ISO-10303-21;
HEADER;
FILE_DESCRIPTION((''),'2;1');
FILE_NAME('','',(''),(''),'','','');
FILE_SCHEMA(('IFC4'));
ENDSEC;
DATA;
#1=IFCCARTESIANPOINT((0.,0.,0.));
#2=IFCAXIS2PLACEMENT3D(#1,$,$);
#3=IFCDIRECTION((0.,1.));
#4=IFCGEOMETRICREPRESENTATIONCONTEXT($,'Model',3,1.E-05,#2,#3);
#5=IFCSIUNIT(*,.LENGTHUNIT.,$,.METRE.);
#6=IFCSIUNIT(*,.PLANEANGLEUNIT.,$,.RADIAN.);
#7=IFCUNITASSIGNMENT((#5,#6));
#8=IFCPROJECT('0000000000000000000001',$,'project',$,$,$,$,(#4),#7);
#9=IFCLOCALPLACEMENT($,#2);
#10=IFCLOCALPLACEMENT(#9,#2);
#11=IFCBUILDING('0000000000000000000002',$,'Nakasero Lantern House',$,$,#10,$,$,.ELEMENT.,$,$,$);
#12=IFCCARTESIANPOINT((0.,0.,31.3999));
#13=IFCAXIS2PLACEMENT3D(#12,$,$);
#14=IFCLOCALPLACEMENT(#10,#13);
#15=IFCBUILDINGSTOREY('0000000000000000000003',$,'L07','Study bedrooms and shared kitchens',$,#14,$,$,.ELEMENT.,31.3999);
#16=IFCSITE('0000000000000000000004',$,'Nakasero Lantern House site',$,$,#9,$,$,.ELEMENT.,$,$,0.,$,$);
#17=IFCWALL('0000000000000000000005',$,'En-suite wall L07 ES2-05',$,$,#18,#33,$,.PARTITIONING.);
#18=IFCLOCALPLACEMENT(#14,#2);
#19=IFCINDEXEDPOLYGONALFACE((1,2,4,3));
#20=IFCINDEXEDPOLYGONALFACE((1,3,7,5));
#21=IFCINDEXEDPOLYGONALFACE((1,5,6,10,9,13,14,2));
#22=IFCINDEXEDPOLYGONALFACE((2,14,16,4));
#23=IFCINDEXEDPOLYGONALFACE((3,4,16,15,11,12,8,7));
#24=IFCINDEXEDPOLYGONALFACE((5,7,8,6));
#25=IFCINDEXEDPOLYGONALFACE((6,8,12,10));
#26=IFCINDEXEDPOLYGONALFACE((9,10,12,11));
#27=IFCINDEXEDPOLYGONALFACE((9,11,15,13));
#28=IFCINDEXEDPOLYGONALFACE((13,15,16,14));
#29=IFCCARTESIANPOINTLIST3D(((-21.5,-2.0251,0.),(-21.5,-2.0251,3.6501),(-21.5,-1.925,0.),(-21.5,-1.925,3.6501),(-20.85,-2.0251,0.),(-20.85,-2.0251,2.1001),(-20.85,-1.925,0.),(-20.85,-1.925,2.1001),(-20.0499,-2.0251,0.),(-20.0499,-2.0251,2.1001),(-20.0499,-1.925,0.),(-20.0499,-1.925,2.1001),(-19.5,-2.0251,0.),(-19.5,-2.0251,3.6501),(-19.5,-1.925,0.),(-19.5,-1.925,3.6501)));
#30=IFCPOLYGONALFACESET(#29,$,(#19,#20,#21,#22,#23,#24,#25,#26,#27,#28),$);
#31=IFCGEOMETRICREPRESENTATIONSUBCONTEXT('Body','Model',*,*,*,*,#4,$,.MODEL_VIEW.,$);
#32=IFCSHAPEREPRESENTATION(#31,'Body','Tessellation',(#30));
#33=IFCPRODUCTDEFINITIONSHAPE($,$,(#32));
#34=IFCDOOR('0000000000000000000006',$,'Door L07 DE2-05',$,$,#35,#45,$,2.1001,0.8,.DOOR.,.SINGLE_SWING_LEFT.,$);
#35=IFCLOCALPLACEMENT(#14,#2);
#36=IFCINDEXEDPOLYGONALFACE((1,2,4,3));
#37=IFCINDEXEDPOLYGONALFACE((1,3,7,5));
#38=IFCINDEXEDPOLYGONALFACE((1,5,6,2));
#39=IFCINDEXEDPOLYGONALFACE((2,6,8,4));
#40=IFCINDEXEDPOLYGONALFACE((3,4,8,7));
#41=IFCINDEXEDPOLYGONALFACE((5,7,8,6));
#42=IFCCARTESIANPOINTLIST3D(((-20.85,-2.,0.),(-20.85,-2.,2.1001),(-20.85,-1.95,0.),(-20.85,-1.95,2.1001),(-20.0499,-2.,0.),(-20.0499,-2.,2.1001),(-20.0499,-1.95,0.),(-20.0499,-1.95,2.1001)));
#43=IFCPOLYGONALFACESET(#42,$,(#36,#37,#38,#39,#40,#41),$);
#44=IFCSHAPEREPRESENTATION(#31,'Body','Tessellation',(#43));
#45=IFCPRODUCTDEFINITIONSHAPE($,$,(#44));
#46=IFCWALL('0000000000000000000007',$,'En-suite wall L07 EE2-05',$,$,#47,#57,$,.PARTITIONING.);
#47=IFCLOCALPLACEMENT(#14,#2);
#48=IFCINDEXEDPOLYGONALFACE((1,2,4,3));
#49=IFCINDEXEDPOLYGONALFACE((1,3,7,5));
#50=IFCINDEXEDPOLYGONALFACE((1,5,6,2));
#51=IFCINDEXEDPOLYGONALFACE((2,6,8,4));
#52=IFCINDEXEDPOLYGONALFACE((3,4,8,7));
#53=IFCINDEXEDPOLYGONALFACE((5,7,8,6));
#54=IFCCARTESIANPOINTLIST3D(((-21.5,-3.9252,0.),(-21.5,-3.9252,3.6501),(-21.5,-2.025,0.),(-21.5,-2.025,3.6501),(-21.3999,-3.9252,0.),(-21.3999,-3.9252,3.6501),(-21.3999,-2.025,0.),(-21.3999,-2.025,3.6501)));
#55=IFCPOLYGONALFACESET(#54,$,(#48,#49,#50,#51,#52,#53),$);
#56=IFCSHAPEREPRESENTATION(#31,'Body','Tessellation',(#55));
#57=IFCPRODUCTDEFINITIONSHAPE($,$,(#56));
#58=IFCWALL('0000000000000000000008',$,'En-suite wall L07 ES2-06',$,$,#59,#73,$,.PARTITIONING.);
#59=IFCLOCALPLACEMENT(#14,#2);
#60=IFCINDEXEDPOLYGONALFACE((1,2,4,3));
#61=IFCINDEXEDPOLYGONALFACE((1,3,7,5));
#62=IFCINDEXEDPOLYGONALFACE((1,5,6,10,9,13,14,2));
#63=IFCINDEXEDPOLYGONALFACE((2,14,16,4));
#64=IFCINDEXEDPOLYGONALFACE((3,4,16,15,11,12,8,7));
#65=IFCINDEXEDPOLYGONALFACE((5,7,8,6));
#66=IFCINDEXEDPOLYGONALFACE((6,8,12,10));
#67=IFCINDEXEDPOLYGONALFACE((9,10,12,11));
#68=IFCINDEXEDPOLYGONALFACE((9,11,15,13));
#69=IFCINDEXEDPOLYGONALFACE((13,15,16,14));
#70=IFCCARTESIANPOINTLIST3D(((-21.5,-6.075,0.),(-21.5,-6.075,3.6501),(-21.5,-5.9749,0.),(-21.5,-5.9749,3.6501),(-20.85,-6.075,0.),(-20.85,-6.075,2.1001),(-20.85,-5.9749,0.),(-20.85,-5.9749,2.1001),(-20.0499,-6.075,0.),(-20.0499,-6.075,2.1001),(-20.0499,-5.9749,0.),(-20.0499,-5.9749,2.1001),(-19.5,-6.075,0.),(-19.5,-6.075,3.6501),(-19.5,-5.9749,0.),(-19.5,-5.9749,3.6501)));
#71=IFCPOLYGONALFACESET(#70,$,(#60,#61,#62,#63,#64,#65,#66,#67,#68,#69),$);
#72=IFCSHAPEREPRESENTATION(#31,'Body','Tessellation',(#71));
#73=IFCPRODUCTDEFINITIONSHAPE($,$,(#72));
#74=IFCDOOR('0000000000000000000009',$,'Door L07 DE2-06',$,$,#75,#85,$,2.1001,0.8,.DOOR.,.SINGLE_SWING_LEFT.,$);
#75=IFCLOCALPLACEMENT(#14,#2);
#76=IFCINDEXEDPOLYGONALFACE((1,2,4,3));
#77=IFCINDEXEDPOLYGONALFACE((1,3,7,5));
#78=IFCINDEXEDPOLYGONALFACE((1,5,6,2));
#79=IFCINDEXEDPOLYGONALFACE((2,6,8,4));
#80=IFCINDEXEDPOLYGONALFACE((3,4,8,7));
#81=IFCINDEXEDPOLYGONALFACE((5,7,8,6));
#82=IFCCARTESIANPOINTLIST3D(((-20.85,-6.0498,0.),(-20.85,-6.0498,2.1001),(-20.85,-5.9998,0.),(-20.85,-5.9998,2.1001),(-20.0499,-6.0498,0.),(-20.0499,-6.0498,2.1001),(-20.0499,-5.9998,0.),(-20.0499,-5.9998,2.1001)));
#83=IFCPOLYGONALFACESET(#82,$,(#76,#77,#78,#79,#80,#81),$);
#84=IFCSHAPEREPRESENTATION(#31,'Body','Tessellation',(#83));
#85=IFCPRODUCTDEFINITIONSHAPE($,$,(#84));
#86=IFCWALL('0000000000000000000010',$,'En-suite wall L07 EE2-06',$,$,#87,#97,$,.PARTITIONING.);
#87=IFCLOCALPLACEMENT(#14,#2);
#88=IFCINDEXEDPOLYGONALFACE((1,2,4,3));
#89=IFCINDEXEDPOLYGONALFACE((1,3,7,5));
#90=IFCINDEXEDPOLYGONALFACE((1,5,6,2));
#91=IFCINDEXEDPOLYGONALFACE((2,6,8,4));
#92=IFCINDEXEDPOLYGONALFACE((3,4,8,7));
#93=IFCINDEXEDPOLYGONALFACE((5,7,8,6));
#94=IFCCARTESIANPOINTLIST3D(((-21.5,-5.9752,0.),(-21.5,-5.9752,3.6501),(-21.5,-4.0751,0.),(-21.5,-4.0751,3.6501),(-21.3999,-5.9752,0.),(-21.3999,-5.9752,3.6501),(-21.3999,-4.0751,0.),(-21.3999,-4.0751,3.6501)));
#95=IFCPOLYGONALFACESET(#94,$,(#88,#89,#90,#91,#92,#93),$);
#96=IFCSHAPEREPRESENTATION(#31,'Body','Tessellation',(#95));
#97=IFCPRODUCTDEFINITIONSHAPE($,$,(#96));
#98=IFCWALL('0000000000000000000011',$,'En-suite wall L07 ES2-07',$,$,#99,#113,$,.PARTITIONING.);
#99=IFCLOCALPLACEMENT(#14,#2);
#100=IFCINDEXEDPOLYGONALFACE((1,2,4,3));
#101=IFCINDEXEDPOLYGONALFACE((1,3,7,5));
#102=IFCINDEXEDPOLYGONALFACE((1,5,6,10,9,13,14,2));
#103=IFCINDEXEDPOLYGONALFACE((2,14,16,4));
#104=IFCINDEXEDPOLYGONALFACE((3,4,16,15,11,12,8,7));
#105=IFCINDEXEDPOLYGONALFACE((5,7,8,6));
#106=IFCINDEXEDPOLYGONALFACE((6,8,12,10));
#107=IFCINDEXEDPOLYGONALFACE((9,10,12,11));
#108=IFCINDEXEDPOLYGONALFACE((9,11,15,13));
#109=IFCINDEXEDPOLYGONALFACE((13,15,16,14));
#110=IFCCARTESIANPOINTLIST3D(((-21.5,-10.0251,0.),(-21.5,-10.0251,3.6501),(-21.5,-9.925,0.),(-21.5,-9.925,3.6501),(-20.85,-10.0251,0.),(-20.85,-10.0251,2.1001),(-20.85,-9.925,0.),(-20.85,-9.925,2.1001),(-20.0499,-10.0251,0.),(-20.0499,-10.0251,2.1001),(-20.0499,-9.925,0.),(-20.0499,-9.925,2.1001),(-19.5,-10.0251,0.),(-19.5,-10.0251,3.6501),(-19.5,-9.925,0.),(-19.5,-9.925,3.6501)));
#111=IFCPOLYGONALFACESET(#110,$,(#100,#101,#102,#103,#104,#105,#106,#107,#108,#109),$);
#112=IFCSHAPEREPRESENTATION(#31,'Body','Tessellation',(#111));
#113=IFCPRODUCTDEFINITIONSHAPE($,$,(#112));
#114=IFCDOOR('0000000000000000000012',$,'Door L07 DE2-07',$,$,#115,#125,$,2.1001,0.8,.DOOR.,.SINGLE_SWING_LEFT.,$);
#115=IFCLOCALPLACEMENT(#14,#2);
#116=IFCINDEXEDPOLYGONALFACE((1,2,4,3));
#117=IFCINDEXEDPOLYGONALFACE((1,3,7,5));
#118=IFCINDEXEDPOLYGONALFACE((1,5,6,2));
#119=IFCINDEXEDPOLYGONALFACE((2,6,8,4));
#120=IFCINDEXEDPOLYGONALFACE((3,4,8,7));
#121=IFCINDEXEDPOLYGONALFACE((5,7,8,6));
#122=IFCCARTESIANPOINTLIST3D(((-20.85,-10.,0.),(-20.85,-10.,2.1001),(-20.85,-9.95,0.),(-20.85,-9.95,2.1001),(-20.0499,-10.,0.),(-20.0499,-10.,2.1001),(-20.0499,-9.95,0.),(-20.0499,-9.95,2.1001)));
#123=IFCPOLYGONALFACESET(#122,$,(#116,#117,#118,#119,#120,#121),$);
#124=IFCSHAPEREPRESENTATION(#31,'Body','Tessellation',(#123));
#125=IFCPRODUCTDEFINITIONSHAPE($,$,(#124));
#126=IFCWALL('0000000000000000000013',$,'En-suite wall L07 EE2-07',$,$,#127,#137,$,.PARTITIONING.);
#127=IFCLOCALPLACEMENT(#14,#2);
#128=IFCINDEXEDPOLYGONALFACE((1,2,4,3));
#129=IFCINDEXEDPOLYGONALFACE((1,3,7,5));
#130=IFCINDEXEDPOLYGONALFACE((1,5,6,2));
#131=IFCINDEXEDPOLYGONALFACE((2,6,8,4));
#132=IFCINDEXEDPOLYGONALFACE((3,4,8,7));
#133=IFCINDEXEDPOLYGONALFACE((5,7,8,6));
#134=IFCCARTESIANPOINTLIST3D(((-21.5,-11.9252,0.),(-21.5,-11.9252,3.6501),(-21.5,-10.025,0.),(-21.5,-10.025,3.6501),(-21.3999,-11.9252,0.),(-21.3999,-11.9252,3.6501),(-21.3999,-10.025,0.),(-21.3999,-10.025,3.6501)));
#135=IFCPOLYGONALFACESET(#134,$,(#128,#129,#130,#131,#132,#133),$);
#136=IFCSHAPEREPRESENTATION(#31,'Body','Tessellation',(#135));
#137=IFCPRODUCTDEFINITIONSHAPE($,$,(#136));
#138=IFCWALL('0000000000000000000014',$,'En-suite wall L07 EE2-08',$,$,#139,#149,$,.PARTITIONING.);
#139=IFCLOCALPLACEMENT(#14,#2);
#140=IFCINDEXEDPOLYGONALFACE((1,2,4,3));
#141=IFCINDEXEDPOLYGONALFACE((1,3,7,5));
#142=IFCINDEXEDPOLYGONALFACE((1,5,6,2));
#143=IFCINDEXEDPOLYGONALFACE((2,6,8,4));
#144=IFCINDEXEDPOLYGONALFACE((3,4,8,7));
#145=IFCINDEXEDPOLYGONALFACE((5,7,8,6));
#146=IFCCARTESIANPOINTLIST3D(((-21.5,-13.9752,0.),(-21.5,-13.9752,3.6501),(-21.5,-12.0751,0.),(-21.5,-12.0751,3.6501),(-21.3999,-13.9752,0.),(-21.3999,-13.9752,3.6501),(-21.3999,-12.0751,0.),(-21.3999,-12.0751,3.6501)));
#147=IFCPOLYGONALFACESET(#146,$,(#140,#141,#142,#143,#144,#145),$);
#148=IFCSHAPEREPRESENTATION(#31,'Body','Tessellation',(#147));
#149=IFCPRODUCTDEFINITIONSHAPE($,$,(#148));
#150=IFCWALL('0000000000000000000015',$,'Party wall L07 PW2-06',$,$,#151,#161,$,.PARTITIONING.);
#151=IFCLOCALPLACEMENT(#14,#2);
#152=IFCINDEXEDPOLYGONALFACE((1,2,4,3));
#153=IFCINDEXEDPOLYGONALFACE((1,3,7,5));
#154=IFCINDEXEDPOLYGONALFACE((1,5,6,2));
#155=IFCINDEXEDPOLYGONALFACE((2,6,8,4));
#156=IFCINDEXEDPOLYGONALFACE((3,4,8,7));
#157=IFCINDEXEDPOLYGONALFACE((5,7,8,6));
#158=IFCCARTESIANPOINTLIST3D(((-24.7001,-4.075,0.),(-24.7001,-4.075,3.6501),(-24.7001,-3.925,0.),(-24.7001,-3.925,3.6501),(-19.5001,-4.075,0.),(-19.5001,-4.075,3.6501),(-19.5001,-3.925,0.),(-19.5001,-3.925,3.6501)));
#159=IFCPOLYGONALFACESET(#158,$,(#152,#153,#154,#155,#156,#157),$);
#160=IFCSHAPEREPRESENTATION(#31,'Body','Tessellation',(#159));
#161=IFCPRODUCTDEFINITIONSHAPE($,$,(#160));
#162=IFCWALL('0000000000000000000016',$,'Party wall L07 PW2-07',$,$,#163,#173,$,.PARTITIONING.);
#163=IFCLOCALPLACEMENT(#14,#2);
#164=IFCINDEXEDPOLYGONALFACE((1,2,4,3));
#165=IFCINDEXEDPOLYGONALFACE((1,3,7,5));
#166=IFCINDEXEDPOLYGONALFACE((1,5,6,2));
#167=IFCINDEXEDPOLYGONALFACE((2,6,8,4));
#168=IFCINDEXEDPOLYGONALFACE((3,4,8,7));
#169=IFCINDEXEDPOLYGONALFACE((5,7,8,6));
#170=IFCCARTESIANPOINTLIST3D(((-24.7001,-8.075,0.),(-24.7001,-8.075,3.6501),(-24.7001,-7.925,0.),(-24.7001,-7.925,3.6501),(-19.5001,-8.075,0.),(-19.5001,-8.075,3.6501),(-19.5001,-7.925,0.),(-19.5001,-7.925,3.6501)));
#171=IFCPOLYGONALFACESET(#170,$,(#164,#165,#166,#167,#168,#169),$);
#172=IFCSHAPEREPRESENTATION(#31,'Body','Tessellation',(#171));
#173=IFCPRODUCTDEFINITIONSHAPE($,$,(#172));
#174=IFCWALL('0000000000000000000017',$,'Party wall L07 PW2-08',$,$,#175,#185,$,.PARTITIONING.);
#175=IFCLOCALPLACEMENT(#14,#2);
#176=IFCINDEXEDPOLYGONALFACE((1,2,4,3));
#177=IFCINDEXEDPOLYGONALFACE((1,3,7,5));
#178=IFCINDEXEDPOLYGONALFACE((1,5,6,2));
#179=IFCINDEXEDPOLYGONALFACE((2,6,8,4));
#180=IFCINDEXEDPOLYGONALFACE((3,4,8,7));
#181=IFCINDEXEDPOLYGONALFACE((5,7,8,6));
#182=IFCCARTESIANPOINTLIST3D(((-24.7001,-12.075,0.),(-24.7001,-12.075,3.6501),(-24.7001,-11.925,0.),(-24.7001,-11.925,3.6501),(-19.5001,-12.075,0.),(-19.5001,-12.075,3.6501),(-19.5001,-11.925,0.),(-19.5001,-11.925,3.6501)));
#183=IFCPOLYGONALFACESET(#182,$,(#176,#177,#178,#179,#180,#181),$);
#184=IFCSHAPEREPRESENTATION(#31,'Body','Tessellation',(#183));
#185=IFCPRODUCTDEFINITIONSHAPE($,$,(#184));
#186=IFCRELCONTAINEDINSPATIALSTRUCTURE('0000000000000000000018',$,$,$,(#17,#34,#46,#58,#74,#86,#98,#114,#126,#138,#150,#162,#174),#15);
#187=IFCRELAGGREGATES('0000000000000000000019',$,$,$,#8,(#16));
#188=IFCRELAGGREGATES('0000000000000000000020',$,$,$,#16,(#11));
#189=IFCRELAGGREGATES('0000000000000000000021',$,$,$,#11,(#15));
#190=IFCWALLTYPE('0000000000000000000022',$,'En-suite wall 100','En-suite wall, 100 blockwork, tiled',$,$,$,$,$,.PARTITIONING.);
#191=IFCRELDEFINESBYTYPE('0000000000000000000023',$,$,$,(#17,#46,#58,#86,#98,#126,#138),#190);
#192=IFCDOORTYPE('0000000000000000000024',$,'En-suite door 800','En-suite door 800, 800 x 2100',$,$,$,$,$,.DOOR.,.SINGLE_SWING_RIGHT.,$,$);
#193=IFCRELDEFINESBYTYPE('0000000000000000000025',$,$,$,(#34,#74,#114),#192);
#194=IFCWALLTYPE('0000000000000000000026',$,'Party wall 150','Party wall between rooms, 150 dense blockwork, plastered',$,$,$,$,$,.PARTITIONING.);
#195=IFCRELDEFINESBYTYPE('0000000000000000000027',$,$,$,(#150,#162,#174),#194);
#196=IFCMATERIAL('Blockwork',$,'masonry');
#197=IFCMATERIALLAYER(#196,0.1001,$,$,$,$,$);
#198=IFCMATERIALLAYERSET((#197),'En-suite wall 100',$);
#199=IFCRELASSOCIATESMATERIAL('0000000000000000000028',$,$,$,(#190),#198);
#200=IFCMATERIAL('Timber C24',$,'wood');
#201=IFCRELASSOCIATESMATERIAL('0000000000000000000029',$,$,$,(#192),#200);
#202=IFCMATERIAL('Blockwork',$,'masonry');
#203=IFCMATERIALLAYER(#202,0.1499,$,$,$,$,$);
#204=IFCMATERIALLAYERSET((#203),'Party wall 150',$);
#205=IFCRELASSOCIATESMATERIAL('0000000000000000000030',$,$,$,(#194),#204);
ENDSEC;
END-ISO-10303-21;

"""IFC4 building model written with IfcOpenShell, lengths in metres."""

from ifc_helpers import new_model, si_unit, direction, frame, frame_2d, origin, place, context, subcontext, project, spatial, rectangle, extrude, material, layer, layer_set, type_object, element, fill, save


model = new_model("IFC4")

# Units and contexts
model_context = context("Model", 3, precision=1e-05, world=origin(), true_north=direction((0.0, 1.0)))
body_context = subcontext(model_context, "Body", "Model", "MODEL_VIEW")
ifc_project = project(units=[si_unit("LENGTHUNIT", "METRE"), si_unit("PLANEANGLEUNIT", "RADIAN")], contexts=[model_context])

# Site, building, storey
site_placement = place(None, origin())
site = spatial("IfcSite", under=ifc_project, at=site_placement, Name="Nakasero Lantern House site", CompositionType="ELEMENT", RefElevation=0.0)
building_placement = place(site_placement, origin())
building = spatial("IfcBuilding", under=site, at=building_placement, Name="Nakasero Lantern House", CompositionType="ELEMENT")
storey_placement = place(building_placement, frame((0.0, 0.0, 31.3999)))
storey = spatial("IfcBuildingStorey", under=building, at=storey_placement, Name="L07", Description="Study bedrooms and shared kitchens", CompositionType="ELEMENT", Elevation=31.3999)

# Wall, opening, door
ifc_material_1 = material(Name="Blockwork", Category="masonry")
ifc_layer_1 = layer(ifc_material_1, 0.1001)
ifc_layer_set_1 = layer_set([ifc_layer_1], Name="En-suite wall 100")
wall_type_1 = type_object("IfcWallType", Name="En-suite wall 100", Description="En-suite wall, 100 blockwork, tiled", PredefinedType="PARTITIONING", material=ifc_layer_set_1)
wall_1_placement = place(storey_placement, frame((-19.5, -1.9751, 0.0), z_axis=(0.0, 0.0, 1.0), x_axis=(-1.0, 0.0, 0.0)))
wall_1 = element("IfcWall", 1, at=wall_1_placement, inside=storey, type_object=wall_type_1, Name="En-suite wall L07 ES2-05", PredefinedType="PARTITIONING", context=body_context, shape_type="SweptSolid", body=[
    extrude(rectangle(XDim=2.0, YDim=0.1001, at=frame_2d((1.0, 0.0))), origin(), (0.0, 0.0, 1.0), 3.6501),
])
opening_1_placement = place(wall_1_placement, frame((0.55, 0.0, 0.0)))
opening_1 = element("IfcOpeningElement", 2, at=opening_1_placement, cuts=wall_1, PredefinedType="OPENING", context=body_context, shape_type="SweptSolid", body=[
    extrude(rectangle(XDim=0.8, YDim=2.1001, at=frame_2d((0.3999, 1.05))), frame((0.0, 0.0701, 0.0), z_axis=(0.0, -1.0, 0.0), x_axis=(1.0, 0.0, 0.0)), (0.0, 0.0, 1.0), 0.1401),
])
ifc_material_2 = material(Name="Timber C24", Category="wood")
door_type = type_object("IfcDoorType", Name="En-suite door 800", Description="En-suite door 800, 800 x 2100", OperationType="SINGLE_SWING_RIGHT", PredefinedType="DOOR", material=ifc_material_2)
door_1_placement = place(opening_1_placement, origin())
door_1 = element("IfcDoor", 3, at=door_1_placement, inside=storey, type_object=door_type, Name="Door L07 DE2-05", OperationType="SINGLE_SWING_LEFT", OverallHeight=2.1001, OverallWidth=0.8, PredefinedType="DOOR", context=body_context, shape_type="SweptSolid", body=[
    extrude(rectangle(XDim=0.8, YDim=2.1001, at=frame_2d((0.3999, 1.05))), frame((0.0, 0.0249, 0.0), z_axis=(0.0, -1.0, 0.0), x_axis=(1.0, 0.0, 0.0)), (0.0, 0.0, 1.0), 0.05),
])
fill(opening_1, door_1)

# Wall
wall_2_placement = place(storey_placement, frame((-21.45, -2.0249, 0.0), z_axis=(0.0, 0.0, 1.0), x_axis=(0.0, -1.0, 0.0)))
element("IfcWall", 4, at=wall_2_placement, inside=storey, type_object=wall_type_1, Name="En-suite wall L07 EE2-05", PredefinedType="PARTITIONING", context=body_context, shape_type="SweptSolid", body=[
    extrude(rectangle(XDim=1.9001, YDim=0.1001, at=frame_2d((0.9502, 0.0))), origin(), (0.0, 0.0, 1.0), 3.6501),
])

# Wall, opening, door
wall_3_placement = place(storey_placement, frame((-19.5, -6.0249, 0.0), z_axis=(0.0, 0.0, 1.0), x_axis=(-1.0, 0.0, 0.0)))
wall_3 = element("IfcWall", 5, at=wall_3_placement, inside=storey, type_object=wall_type_1, Name="En-suite wall L07 ES2-06", PredefinedType="PARTITIONING", context=body_context, shape_type="SweptSolid", body=[
    extrude(rectangle(XDim=2.0, YDim=0.1001, at=frame_2d((1.0, 0.0))), origin(), (0.0, 0.0, 1.0), 3.6501),
])
opening_2_placement = place(wall_3_placement, frame((0.55, 0.0, 0.0)))
opening_2 = element("IfcOpeningElement", 6, at=opening_2_placement, cuts=wall_3, PredefinedType="OPENING", context=body_context, shape_type="SweptSolid", body=[
    extrude(rectangle(XDim=0.8, YDim=2.1001, at=frame_2d((0.3999, 1.05))), frame((0.0, 0.0701, 0.0), z_axis=(0.0, -1.0, 0.0), x_axis=(1.0, 0.0, 0.0)), (0.0, 0.0, 1.0), 0.1401),
])
door_2_placement = place(opening_2_placement, origin())
door_2 = element("IfcDoor", 7, at=door_2_placement, inside=storey, type_object=door_type, Name="Door L07 DE2-06", OperationType="SINGLE_SWING_LEFT", OverallHeight=2.1001, OverallWidth=0.8, PredefinedType="DOOR", context=body_context, shape_type="SweptSolid", body=[
    extrude(rectangle(XDim=0.8, YDim=2.1001, at=frame_2d((0.3999, 1.05))), frame((0.0, 0.0249, 0.0), z_axis=(0.0, -1.0, 0.0), x_axis=(1.0, 0.0, 0.0)), (0.0, 0.0, 1.0), 0.05),
])
fill(opening_2, door_2)

# Wall
wall_4_placement = place(storey_placement, frame((-21.45, -4.075, 0.0), z_axis=(0.0, 0.0, 1.0), x_axis=(0.0, -1.0, 0.0)))
element("IfcWall", 8, at=wall_4_placement, inside=storey, type_object=wall_type_1, Name="En-suite wall L07 EE2-06", PredefinedType="PARTITIONING", context=body_context, shape_type="SweptSolid", body=[
    extrude(rectangle(XDim=1.9001, YDim=0.1001, at=frame_2d((0.9502, 0.0))), origin(), (0.0, 0.0, 1.0), 3.6501),
])

# Wall, opening, door
wall_5_placement = place(storey_placement, frame((-19.5, -9.9751, 0.0), z_axis=(0.0, 0.0, 1.0), x_axis=(-1.0, 0.0, 0.0)))
wall_5 = element("IfcWall", 9, at=wall_5_placement, inside=storey, type_object=wall_type_1, Name="En-suite wall L07 ES2-07", PredefinedType="PARTITIONING", context=body_context, shape_type="SweptSolid", body=[
    extrude(rectangle(XDim=2.0, YDim=0.1001, at=frame_2d((1.0, 0.0))), origin(), (0.0, 0.0, 1.0), 3.6501),
])
opening_3_placement = place(wall_5_placement, frame((0.55, 0.0, 0.0)))
opening_3 = element("IfcOpeningElement", 10, at=opening_3_placement, cuts=wall_5, PredefinedType="OPENING", context=body_context, shape_type="SweptSolid", body=[
    extrude(rectangle(XDim=0.8, YDim=2.1001, at=frame_2d((0.3999, 1.05))), frame((0.0, 0.0701, 0.0), z_axis=(0.0, -1.0, 0.0), x_axis=(1.0, 0.0, 0.0)), (0.0, 0.0, 1.0), 0.1401),
])
door_3_placement = place(opening_3_placement, origin())
door_3 = element("IfcDoor", 11, at=door_3_placement, inside=storey, type_object=door_type, Name="Door L07 DE2-07", OperationType="SINGLE_SWING_LEFT", OverallHeight=2.1001, OverallWidth=0.8, PredefinedType="DOOR", context=body_context, shape_type="SweptSolid", body=[
    extrude(rectangle(XDim=0.8, YDim=2.1001, at=frame_2d((0.3999, 1.05))), frame((0.0, 0.0249, 0.0), z_axis=(0.0, -1.0, 0.0), x_axis=(1.0, 0.0, 0.0)), (0.0, 0.0, 1.0), 0.05),
])
fill(opening_3, door_3)

# Walls
for number, where, z_axis, x_axis, name in (
    (12, (-21.45, -10.0249, 0.0), (0.0, 0.0, 1.0), (0.0, -1.0, 0.0), "En-suite wall L07 EE2-07"),
    (13, (-21.45, -12.075, 0.0), (0.0, 0.0, 1.0), (0.0, -1.0, 0.0), "En-suite wall L07 EE2-08"),
):
    element("IfcWall", number, at=place(storey_placement, frame(where, z_axis=z_axis, x_axis=x_axis)), inside=storey, type_object=wall_type_1, Name=name, PredefinedType="PARTITIONING", context=body_context, shape_type="SweptSolid", body=[
        extrude(rectangle(XDim=1.9001, YDim=0.1001, at=frame_2d((0.9502, 0.0))), origin(), (0.0, 0.0, 1.0), 3.6501),
    ])
ifc_material_3 = material(Name="Blockwork", Category="masonry")
ifc_layer_2 = layer(ifc_material_3, 0.1499)
ifc_layer_set_2 = layer_set([ifc_layer_2], Name="Party wall 150")
wall_type_2 = type_object("IfcWallType", Name="Party wall 150", Description="Party wall between rooms, 150 dense blockwork, plastered", PredefinedType="PARTITIONING", material=ifc_layer_set_2)
for number, where, z_axis, x_axis, name in (
    (14, (-19.5, -4.0, 0.0), (0.0, 0.0, 1.0), (-1.0, 0.0, 0.0), "Party wall L07 PW2-06"),
    (15, (-19.5, -8.0, 0.0), (0.0, 0.0, 1.0), (-1.0, 0.0, 0.0), "Party wall L07 PW2-07"),
    (16, (-19.5, -12.0, 0.0), (0.0, 0.0, 1.0), (-1.0, 0.0, 0.0), "Party wall L07 PW2-08"),
):
    element("IfcWall", number, at=place(storey_placement, frame(where, z_axis=z_axis, x_axis=x_axis)), inside=storey, type_object=wall_type_2, Name=name, PredefinedType="PARTITIONING", context=body_context, shape_type="SweptSolid", body=[
        extrude(rectangle(XDim=5.2, YDim=0.1499, at=frame_2d((2.6001, 0.0))), origin(), (0.0, 0.0, 1.0), 3.6501),
    ])

save(model, "model.ifc")
